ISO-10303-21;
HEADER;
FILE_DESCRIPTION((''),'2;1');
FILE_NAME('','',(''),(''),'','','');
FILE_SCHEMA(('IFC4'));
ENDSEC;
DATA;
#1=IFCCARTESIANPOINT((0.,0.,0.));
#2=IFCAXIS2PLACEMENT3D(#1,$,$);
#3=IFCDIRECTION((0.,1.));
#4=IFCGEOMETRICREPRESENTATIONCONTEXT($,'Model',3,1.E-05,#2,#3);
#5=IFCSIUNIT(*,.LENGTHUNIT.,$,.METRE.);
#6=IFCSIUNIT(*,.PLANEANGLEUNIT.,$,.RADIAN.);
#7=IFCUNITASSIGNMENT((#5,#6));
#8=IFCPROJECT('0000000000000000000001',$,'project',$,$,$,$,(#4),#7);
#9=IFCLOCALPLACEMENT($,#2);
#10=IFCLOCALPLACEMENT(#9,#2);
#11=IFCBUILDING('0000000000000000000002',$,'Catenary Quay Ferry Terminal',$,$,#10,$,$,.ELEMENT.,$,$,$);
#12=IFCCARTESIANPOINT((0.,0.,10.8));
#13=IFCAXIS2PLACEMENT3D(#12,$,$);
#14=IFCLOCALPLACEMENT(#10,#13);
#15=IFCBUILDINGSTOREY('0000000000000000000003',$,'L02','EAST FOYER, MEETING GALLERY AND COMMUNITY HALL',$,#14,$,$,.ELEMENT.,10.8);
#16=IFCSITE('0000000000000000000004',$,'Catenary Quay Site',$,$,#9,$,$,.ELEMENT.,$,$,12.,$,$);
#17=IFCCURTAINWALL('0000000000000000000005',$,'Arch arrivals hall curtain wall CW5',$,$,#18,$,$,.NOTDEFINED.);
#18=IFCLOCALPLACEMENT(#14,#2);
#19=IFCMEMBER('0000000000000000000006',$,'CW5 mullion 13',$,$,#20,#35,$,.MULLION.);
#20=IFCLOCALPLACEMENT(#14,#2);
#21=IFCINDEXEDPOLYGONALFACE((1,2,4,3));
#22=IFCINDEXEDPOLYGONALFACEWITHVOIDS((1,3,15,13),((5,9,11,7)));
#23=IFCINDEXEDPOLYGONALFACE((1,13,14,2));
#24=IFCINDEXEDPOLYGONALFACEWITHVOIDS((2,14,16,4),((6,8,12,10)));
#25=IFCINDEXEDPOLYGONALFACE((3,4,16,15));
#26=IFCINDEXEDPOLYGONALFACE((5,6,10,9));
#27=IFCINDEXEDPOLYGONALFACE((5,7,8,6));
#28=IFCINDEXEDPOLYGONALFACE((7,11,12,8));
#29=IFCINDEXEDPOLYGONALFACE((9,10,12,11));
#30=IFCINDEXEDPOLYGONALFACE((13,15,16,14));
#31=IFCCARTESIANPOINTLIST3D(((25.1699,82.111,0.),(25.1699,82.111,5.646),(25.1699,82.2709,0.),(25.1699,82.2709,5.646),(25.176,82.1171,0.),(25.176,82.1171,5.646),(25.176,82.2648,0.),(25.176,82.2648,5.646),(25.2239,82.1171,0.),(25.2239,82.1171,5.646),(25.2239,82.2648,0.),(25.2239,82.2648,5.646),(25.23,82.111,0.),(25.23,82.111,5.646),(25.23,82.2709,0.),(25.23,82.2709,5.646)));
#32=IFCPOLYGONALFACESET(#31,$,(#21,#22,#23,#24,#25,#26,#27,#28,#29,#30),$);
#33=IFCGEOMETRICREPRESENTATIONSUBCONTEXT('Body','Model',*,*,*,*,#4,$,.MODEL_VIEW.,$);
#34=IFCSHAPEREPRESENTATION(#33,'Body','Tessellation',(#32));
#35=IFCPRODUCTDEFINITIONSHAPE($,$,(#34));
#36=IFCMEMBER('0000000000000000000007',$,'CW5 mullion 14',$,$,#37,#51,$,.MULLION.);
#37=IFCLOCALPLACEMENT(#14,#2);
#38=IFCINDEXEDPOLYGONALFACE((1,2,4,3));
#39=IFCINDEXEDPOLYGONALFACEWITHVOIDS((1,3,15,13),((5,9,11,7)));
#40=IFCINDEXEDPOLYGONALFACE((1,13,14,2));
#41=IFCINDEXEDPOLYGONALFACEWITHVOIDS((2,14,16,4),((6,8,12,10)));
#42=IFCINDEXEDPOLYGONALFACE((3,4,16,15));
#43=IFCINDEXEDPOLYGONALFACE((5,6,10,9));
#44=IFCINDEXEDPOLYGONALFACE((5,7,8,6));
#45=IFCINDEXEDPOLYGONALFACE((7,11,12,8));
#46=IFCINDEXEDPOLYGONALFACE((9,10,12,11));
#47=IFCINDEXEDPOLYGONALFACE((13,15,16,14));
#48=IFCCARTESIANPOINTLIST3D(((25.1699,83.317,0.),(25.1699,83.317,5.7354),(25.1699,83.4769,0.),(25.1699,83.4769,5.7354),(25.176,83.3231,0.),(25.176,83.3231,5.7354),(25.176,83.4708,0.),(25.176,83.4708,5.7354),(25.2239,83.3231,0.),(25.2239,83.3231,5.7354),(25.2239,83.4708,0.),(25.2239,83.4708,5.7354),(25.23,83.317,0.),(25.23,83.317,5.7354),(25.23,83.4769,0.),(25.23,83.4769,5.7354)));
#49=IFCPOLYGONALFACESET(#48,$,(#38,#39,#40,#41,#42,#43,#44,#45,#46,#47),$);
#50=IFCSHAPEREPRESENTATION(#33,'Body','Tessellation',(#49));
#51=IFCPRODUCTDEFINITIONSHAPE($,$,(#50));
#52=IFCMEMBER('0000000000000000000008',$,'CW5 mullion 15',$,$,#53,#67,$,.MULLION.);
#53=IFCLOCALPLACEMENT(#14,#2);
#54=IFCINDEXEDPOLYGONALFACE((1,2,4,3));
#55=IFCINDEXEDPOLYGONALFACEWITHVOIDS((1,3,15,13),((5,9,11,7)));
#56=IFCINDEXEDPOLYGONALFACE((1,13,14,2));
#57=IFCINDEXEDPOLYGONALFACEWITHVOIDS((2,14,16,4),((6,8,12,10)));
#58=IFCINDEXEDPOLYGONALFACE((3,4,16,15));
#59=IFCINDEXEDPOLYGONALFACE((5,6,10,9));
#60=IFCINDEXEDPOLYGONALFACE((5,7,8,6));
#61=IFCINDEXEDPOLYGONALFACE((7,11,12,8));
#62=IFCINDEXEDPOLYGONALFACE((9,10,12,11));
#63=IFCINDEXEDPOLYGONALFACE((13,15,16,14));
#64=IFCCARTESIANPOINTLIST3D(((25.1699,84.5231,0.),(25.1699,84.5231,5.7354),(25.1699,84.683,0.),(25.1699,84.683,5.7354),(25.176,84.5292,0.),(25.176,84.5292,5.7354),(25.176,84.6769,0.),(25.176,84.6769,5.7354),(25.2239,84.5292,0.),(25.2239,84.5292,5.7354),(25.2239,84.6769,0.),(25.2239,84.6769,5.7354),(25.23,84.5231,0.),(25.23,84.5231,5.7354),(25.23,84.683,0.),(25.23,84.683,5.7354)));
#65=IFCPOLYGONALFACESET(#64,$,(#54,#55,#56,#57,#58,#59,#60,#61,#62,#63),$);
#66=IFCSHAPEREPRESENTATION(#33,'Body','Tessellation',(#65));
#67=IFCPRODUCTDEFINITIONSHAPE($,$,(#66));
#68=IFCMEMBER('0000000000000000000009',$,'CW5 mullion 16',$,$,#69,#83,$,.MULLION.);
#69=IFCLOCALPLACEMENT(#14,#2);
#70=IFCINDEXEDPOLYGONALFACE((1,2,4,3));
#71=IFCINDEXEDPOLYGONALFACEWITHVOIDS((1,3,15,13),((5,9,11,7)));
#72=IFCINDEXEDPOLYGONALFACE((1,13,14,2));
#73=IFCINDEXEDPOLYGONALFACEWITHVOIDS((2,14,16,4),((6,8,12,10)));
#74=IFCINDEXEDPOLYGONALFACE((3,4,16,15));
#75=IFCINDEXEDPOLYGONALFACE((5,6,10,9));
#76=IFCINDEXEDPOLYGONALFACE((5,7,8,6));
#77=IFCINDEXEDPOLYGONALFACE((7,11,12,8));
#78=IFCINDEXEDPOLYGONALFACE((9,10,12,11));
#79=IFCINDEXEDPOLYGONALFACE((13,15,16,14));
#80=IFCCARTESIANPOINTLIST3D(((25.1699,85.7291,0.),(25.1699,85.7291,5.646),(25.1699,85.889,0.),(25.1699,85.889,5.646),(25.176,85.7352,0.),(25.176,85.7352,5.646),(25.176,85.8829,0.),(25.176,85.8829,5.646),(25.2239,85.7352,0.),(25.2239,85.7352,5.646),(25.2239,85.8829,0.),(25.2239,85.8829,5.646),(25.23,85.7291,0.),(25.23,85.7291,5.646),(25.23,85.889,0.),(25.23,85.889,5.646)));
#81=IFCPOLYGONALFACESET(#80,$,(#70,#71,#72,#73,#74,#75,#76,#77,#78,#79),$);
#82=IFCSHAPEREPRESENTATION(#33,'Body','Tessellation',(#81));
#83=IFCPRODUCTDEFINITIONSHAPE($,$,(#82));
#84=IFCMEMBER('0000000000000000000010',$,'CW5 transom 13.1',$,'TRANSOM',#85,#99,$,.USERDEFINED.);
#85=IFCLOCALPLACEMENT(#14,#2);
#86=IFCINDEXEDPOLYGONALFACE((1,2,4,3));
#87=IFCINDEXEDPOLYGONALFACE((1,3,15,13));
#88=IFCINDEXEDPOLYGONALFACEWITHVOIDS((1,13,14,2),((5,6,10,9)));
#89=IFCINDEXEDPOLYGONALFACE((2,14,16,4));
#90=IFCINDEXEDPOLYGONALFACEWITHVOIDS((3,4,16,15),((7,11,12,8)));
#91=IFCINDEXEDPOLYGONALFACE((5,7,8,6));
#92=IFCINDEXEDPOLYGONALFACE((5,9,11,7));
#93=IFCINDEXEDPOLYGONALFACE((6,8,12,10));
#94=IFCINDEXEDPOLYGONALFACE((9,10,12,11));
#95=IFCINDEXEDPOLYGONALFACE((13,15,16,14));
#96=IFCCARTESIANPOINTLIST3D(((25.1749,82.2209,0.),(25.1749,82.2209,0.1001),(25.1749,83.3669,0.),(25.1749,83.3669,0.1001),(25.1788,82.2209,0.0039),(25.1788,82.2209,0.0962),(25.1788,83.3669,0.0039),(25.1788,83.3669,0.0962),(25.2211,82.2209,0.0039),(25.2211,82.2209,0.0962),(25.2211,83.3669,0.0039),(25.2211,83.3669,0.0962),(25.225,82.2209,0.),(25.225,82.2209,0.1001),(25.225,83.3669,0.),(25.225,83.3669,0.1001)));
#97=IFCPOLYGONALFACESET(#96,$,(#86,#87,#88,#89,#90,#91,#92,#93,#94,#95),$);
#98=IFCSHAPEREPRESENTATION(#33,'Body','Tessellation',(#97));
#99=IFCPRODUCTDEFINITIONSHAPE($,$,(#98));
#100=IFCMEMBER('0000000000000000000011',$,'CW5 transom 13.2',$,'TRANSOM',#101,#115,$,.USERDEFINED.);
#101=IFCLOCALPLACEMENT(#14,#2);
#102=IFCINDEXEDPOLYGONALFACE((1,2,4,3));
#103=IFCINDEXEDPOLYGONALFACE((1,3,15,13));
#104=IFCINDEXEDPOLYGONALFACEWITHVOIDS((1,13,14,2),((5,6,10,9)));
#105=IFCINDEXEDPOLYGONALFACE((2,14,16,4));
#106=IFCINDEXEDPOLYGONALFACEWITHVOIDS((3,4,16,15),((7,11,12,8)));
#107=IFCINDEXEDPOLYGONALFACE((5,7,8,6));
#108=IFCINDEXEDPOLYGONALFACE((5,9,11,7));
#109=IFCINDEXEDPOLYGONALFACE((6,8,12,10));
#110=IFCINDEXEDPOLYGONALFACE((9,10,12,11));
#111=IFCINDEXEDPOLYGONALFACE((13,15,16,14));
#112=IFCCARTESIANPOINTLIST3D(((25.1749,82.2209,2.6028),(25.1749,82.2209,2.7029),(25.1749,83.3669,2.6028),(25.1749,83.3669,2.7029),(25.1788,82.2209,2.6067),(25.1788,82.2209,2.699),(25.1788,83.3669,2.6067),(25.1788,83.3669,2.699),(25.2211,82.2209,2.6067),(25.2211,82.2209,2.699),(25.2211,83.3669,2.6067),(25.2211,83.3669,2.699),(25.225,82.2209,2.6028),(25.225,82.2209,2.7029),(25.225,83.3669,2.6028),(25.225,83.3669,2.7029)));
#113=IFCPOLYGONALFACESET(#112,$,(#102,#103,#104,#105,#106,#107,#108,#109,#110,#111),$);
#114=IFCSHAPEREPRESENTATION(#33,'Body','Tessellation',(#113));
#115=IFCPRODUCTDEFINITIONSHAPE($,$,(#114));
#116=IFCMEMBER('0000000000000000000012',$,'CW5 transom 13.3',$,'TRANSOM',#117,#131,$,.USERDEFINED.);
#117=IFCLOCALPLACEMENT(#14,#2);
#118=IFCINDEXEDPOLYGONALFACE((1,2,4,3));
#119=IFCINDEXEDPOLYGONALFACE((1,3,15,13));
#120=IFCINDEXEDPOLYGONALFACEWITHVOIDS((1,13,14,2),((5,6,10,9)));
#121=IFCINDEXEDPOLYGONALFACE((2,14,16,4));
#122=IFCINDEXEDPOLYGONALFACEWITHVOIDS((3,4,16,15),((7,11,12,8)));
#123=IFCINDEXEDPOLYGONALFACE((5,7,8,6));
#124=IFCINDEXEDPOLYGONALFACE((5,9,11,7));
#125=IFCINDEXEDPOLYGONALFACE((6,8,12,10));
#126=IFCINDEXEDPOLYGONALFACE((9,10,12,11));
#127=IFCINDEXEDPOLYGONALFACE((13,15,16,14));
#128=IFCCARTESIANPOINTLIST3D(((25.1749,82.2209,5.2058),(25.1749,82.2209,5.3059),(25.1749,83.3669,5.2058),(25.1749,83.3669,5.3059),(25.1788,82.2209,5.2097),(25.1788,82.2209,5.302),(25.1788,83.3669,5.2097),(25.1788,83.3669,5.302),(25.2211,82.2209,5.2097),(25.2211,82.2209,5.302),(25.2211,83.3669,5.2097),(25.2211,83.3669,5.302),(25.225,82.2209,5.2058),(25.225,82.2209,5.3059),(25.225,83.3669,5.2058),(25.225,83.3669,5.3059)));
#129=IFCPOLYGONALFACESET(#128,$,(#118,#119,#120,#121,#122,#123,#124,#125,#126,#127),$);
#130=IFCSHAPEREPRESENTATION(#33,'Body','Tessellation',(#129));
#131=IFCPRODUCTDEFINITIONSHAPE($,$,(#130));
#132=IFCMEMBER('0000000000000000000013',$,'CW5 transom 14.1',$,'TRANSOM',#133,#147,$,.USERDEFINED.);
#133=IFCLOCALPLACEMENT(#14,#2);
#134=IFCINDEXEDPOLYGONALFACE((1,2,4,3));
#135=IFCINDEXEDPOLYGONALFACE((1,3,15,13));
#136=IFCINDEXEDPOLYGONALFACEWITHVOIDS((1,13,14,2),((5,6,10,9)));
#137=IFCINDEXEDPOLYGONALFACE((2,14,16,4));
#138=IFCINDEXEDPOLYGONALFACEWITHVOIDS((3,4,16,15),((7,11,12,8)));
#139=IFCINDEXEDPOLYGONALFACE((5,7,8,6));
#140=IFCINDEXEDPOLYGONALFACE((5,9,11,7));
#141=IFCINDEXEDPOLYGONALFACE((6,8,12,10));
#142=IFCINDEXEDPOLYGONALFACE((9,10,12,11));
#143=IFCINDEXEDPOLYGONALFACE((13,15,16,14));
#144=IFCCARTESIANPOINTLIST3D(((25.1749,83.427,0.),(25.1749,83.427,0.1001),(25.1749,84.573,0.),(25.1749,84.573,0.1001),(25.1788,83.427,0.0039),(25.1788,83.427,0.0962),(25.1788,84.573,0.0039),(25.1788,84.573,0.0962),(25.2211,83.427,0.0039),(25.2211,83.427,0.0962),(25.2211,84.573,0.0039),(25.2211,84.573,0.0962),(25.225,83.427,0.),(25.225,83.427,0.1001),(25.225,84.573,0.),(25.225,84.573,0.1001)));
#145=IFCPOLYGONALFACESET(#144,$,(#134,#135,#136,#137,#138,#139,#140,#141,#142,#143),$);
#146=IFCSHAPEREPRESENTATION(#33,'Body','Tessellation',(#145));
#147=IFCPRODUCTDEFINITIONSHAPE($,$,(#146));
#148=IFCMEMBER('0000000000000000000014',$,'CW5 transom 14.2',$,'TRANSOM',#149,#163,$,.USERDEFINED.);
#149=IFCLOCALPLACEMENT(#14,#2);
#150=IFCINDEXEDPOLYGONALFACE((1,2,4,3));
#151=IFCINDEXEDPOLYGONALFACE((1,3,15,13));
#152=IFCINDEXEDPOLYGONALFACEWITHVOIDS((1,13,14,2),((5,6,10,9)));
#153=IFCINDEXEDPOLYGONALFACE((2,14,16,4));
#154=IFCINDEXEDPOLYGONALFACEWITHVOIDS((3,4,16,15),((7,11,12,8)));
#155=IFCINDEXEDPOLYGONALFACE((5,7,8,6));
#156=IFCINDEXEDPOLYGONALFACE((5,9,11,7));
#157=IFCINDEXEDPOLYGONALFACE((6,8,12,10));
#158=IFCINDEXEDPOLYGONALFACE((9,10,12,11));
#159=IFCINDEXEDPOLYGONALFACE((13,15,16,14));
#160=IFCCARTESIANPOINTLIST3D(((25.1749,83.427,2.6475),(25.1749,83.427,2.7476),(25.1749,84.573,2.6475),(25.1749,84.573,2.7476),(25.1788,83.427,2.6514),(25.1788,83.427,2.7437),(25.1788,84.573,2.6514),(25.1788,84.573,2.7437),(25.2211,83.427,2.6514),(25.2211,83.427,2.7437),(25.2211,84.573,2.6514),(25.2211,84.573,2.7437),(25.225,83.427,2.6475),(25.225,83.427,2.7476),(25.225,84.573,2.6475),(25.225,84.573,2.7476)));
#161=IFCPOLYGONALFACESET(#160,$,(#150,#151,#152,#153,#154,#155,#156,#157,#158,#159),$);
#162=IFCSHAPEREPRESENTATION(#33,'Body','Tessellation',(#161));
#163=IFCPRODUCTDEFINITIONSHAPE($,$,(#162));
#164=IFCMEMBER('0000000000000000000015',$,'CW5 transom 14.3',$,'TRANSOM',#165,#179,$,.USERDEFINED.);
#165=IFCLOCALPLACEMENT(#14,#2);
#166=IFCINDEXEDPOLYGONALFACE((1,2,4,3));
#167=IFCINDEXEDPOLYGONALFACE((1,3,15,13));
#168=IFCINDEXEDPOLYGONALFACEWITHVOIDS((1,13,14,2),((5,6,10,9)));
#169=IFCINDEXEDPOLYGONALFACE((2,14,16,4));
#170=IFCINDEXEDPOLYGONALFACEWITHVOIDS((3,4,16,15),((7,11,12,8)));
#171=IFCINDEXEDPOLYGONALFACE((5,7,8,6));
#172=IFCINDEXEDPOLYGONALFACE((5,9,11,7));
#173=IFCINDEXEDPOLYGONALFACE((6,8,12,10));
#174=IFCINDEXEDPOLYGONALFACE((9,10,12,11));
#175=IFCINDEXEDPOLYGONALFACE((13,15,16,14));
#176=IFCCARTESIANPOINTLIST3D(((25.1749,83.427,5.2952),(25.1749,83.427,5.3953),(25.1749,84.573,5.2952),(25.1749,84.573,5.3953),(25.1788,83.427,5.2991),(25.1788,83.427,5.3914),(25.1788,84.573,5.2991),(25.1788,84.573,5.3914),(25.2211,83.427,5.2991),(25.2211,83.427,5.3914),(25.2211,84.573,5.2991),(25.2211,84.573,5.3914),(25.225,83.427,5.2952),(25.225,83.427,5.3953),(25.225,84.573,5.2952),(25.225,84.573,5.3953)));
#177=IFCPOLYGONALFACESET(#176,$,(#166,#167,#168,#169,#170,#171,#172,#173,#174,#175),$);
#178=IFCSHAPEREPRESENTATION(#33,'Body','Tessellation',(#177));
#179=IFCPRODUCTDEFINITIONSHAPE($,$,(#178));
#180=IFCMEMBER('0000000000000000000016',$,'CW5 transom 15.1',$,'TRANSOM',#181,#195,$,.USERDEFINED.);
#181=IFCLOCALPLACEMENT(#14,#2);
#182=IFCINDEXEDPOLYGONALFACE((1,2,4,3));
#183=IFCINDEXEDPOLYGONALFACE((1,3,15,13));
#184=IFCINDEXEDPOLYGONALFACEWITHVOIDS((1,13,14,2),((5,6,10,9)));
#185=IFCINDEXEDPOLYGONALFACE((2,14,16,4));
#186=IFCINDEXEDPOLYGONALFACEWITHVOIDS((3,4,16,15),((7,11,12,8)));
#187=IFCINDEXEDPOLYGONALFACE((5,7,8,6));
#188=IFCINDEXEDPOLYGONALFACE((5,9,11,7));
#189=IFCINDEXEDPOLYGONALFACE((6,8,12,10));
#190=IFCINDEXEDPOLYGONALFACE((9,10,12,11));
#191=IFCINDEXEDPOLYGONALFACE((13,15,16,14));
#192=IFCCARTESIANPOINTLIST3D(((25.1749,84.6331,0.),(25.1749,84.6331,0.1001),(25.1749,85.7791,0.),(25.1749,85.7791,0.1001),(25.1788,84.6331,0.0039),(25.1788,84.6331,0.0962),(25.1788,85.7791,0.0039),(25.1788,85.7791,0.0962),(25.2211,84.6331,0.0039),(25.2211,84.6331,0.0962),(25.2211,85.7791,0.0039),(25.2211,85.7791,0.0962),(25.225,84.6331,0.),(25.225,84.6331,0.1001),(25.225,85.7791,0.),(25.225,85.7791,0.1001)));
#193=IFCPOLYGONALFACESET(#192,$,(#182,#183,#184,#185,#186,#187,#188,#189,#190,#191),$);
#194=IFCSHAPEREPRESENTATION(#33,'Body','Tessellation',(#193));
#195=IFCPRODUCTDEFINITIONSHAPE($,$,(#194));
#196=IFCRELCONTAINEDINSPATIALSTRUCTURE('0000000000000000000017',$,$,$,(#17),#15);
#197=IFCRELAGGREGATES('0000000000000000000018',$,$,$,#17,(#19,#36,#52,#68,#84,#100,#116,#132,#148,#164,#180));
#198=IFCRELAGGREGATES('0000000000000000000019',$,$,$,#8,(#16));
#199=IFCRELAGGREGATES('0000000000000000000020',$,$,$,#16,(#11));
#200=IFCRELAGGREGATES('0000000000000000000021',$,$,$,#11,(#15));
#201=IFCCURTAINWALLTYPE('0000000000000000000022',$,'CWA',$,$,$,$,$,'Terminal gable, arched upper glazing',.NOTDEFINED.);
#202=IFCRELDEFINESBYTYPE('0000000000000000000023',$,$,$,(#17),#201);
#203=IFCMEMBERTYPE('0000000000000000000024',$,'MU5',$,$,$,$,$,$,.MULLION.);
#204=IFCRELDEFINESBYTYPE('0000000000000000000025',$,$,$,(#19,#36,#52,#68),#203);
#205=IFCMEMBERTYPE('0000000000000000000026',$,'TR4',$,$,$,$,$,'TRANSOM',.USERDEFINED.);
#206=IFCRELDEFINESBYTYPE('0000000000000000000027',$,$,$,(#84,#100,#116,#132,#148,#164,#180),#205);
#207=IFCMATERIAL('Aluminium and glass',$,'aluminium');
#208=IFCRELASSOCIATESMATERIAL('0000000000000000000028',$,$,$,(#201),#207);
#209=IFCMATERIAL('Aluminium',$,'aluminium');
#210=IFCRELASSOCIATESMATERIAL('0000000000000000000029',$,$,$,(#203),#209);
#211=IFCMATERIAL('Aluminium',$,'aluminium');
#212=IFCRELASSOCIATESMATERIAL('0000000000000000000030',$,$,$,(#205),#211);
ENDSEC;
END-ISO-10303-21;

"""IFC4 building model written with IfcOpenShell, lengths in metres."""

from ifc_helpers import new_model, si_unit, direction, frame, origin, origin_2d, place, context, subcontext, project, spatial, hollow_rectangle, extrude, material, material_profile, profile_set, type_object, element, aggregate, save


model = new_model("IFC4")

# Units and contexts
model_context = context("Model", 3, precision=1e-05, world=origin(), true_north=direction((0.0, 1.0)))
body_context = subcontext(model_context, "Body", "Model", "MODEL_VIEW")
ifc_project = project(units=[si_unit("LENGTHUNIT", "METRE"), si_unit("PLANEANGLEUNIT", "RADIAN")], contexts=[model_context])

# Site, building, storey
site_placement = place(None, origin())
site = spatial("IfcSite", under=ifc_project, at=site_placement, Name="Catenary Quay Site", CompositionType="ELEMENT", RefElevation=12.0)
building_placement = place(site_placement, origin())
building = spatial("IfcBuilding", under=site, at=building_placement, Name="Catenary Quay Ferry Terminal", CompositionType="ELEMENT")
storey_placement = place(building_placement, frame((0.0, 0.0, 10.8)))
storey = spatial("IfcBuildingStorey", under=building, at=storey_placement, Name="L02", Description="EAST FOYER, MEETING GALLERY AND COMMUNITY HALL", CompositionType="ELEMENT", Elevation=10.8)

# Curtain wall, members
ifc_material_1 = material(Name="Aluminium and glass", Category="aluminium")
curtain_wall_type = type_object("IfcCurtainWallType", Name="CWA", ElementType="Terminal gable, arched upper glazing", PredefinedType="NOTDEFINED", material=ifc_material_1)
curtain_wall_placement = place(storey_placement, origin())
curtain_wall = element("IfcCurtainWall", 1, at=curtain_wall_placement, inside=storey, type_object=curtain_wall_type, Name="Arch arrivals hall curtain wall CW5", PredefinedType="NOTDEFINED")
ifc_material_2 = material(Name="Aluminium", Category="aluminium")
ifc_material_profile_1 = material_profile(ifc_material_2, hollow_rectangle(XDim=0.0601, YDim=0.1599, WallThickness=0.0061, at=origin_2d()), Name="MU5")
ifc_profile_set_1 = profile_set([ifc_material_profile_1], Name="Aluminium")
member_type_1 = type_object("IfcMemberType", Name="MU5", PredefinedType="MULLION", material=ifc_profile_set_1)
member_1_placement = place(storey_placement, frame((25.2, 82.1909, 0.0), z_axis=(0.0, 0.0, 1.0), x_axis=(-1.0, 0.0, 0.0)))
member_1 = element("IfcMember", 2, at=member_1_placement, type_object=member_type_1, Name="CW5 mullion 13", PredefinedType="MULLION", context=body_context, shape_type="SweptSolid", body=[
    extrude(hollow_rectangle(XDim=0.0601, YDim=0.1599, WallThickness=0.0061, at=origin_2d()), origin(), (0.0, 0.0, 1.0), 5.646),
])
member_2_placement = place(storey_placement, frame((25.2, 83.397, 0.0), z_axis=(0.0, 0.0, 1.0), x_axis=(-1.0, 0.0, 0.0)))
member_2 = element("IfcMember", 3, at=member_2_placement, type_object=member_type_1, Name="CW5 mullion 14", PredefinedType="MULLION", context=body_context, shape_type="SweptSolid", body=[
    extrude(hollow_rectangle(XDim=0.0601, YDim=0.1599, WallThickness=0.0061, at=origin_2d()), origin(), (0.0, 0.0, 1.0), 5.7354),
])
member_3_placement = place(storey_placement, frame((25.2, 84.603, 0.0), z_axis=(0.0, 0.0, 1.0), x_axis=(-1.0, 0.0, 0.0)))
member_3 = element("IfcMember", 4, at=member_3_placement, type_object=member_type_1, Name="CW5 mullion 15", PredefinedType="MULLION", context=body_context, shape_type="SweptSolid", body=[
    extrude(hollow_rectangle(XDim=0.0601, YDim=0.1599, WallThickness=0.0061, at=origin_2d()), origin(), (0.0, 0.0, 1.0), 5.7354),
])
member_4_placement = place(storey_placement, frame((25.2, 85.8091, 0.0), z_axis=(0.0, 0.0, 1.0), x_axis=(-1.0, 0.0, 0.0)))
member_4 = element("IfcMember", 5, at=member_4_placement, type_object=member_type_1, Name="CW5 mullion 16", PredefinedType="MULLION", context=body_context, shape_type="SweptSolid", body=[
    extrude(hollow_rectangle(XDim=0.0601, YDim=0.1599, WallThickness=0.0061, at=origin_2d()), origin(), (0.0, 0.0, 1.0), 5.646),
])
ifc_material_3 = material(Name="Aluminium", Category="aluminium")
ifc_material_profile_2 = material_profile(ifc_material_3, hollow_rectangle(XDim=0.05, YDim=0.1001, WallThickness=0.0039, at=origin_2d()), Name="TR4")
ifc_profile_set_2 = profile_set([ifc_material_profile_2], Name="Aluminium")
member_type_2 = type_object("IfcMemberType", Name="TR4", ElementType="TRANSOM", PredefinedType="USERDEFINED", material=ifc_profile_set_2)
member_5_placement = place(storey_placement, frame((25.2, 82.2209, 0.05), z_axis=(0.0, 1.0, 0.0), x_axis=(-1.0, 0.0, 0.0)))
member_5 = element("IfcMember", 6, at=member_5_placement, type_object=member_type_2, Name="CW5 transom 13.1", ObjectType="TRANSOM", PredefinedType="USERDEFINED", context=body_context, shape_type="SweptSolid", body=[
    extrude(hollow_rectangle(XDim=0.05, YDim=0.1001, WallThickness=0.0039, at=origin_2d()), origin(), (0.0, 0.0, 1.0), 1.146),
])
member_6_placement = place(storey_placement, frame((25.2, 82.2209, 2.6528), z_axis=(0.0, 1.0, 0.0), x_axis=(-1.0, 0.0, 0.0)))
member_6 = element("IfcMember", 7, at=member_6_placement, type_object=member_type_2, Name="CW5 transom 13.2", ObjectType="TRANSOM", PredefinedType="USERDEFINED", context=body_context, shape_type="SweptSolid", body=[
    extrude(hollow_rectangle(XDim=0.05, YDim=0.1001, WallThickness=0.0039, at=origin_2d()), origin(), (0.0, 0.0, 1.0), 1.146),
])
member_7_placement = place(storey_placement, frame((25.2, 82.2209, 5.2559), z_axis=(0.0, 1.0, 0.0), x_axis=(-1.0, 0.0, 0.0)))
member_7 = element("IfcMember", 8, at=member_7_placement, type_object=member_type_2, Name="CW5 transom 13.3", ObjectType="TRANSOM", PredefinedType="USERDEFINED", context=body_context, shape_type="SweptSolid", body=[
    extrude(hollow_rectangle(XDim=0.05, YDim=0.1001, WallThickness=0.0039, at=origin_2d()), origin(), (0.0, 0.0, 1.0), 1.146),
])
member_8_placement = place(storey_placement, frame((25.2, 83.427, 0.05), z_axis=(0.0, 1.0, 0.0), x_axis=(-1.0, 0.0, 0.0)))
member_8 = element("IfcMember", 9, at=member_8_placement, type_object=member_type_2, Name="CW5 transom 14.1", ObjectType="TRANSOM", PredefinedType="USERDEFINED", context=body_context, shape_type="SweptSolid", body=[
    extrude(hollow_rectangle(XDim=0.05, YDim=0.1001, WallThickness=0.0039, at=origin_2d()), origin(), (0.0, 0.0, 1.0), 1.146),
])
member_9_placement = place(storey_placement, frame((25.2, 83.427, 2.6975), z_axis=(0.0, 1.0, 0.0), x_axis=(-1.0, 0.0, 0.0)))
member_9 = element("IfcMember", 10, at=member_9_placement, type_object=member_type_2, Name="CW5 transom 14.2", ObjectType="TRANSOM", PredefinedType="USERDEFINED", context=body_context, shape_type="SweptSolid", body=[
    extrude(hollow_rectangle(XDim=0.05, YDim=0.1001, WallThickness=0.0039, at=origin_2d()), origin(), (0.0, 0.0, 1.0), 1.146),
])
member_10_placement = place(storey_placement, frame((25.2, 83.427, 5.3452), z_axis=(0.0, 1.0, 0.0), x_axis=(-1.0, 0.0, 0.0)))
member_10 = element("IfcMember", 11, at=member_10_placement, type_object=member_type_2, Name="CW5 transom 14.3", ObjectType="TRANSOM", PredefinedType="USERDEFINED", context=body_context, shape_type="SweptSolid", body=[
    extrude(hollow_rectangle(XDim=0.05, YDim=0.1001, WallThickness=0.0039, at=origin_2d()), origin(), (0.0, 0.0, 1.0), 1.146),
])
member_11_placement = place(storey_placement, frame((25.2, 84.6331, 0.05), z_axis=(0.0, 1.0, 0.0), x_axis=(-1.0, 0.0, 0.0)))
member_11 = element("IfcMember", 12, at=member_11_placement, type_object=member_type_2, Name="CW5 transom 15.1", ObjectType="TRANSOM", PredefinedType="USERDEFINED", context=body_context, shape_type="SweptSolid", body=[
    extrude(hollow_rectangle(XDim=0.05, YDim=0.1001, WallThickness=0.0039, at=origin_2d()), origin(), (0.0, 0.0, 1.0), 1.146),
])

aggregate(curtain_wall, [member_1, member_2, member_3, member_4, member_5, member_6, member_7, member_8, member_9, member_10, member_11])

save(model, "model.ifc")
